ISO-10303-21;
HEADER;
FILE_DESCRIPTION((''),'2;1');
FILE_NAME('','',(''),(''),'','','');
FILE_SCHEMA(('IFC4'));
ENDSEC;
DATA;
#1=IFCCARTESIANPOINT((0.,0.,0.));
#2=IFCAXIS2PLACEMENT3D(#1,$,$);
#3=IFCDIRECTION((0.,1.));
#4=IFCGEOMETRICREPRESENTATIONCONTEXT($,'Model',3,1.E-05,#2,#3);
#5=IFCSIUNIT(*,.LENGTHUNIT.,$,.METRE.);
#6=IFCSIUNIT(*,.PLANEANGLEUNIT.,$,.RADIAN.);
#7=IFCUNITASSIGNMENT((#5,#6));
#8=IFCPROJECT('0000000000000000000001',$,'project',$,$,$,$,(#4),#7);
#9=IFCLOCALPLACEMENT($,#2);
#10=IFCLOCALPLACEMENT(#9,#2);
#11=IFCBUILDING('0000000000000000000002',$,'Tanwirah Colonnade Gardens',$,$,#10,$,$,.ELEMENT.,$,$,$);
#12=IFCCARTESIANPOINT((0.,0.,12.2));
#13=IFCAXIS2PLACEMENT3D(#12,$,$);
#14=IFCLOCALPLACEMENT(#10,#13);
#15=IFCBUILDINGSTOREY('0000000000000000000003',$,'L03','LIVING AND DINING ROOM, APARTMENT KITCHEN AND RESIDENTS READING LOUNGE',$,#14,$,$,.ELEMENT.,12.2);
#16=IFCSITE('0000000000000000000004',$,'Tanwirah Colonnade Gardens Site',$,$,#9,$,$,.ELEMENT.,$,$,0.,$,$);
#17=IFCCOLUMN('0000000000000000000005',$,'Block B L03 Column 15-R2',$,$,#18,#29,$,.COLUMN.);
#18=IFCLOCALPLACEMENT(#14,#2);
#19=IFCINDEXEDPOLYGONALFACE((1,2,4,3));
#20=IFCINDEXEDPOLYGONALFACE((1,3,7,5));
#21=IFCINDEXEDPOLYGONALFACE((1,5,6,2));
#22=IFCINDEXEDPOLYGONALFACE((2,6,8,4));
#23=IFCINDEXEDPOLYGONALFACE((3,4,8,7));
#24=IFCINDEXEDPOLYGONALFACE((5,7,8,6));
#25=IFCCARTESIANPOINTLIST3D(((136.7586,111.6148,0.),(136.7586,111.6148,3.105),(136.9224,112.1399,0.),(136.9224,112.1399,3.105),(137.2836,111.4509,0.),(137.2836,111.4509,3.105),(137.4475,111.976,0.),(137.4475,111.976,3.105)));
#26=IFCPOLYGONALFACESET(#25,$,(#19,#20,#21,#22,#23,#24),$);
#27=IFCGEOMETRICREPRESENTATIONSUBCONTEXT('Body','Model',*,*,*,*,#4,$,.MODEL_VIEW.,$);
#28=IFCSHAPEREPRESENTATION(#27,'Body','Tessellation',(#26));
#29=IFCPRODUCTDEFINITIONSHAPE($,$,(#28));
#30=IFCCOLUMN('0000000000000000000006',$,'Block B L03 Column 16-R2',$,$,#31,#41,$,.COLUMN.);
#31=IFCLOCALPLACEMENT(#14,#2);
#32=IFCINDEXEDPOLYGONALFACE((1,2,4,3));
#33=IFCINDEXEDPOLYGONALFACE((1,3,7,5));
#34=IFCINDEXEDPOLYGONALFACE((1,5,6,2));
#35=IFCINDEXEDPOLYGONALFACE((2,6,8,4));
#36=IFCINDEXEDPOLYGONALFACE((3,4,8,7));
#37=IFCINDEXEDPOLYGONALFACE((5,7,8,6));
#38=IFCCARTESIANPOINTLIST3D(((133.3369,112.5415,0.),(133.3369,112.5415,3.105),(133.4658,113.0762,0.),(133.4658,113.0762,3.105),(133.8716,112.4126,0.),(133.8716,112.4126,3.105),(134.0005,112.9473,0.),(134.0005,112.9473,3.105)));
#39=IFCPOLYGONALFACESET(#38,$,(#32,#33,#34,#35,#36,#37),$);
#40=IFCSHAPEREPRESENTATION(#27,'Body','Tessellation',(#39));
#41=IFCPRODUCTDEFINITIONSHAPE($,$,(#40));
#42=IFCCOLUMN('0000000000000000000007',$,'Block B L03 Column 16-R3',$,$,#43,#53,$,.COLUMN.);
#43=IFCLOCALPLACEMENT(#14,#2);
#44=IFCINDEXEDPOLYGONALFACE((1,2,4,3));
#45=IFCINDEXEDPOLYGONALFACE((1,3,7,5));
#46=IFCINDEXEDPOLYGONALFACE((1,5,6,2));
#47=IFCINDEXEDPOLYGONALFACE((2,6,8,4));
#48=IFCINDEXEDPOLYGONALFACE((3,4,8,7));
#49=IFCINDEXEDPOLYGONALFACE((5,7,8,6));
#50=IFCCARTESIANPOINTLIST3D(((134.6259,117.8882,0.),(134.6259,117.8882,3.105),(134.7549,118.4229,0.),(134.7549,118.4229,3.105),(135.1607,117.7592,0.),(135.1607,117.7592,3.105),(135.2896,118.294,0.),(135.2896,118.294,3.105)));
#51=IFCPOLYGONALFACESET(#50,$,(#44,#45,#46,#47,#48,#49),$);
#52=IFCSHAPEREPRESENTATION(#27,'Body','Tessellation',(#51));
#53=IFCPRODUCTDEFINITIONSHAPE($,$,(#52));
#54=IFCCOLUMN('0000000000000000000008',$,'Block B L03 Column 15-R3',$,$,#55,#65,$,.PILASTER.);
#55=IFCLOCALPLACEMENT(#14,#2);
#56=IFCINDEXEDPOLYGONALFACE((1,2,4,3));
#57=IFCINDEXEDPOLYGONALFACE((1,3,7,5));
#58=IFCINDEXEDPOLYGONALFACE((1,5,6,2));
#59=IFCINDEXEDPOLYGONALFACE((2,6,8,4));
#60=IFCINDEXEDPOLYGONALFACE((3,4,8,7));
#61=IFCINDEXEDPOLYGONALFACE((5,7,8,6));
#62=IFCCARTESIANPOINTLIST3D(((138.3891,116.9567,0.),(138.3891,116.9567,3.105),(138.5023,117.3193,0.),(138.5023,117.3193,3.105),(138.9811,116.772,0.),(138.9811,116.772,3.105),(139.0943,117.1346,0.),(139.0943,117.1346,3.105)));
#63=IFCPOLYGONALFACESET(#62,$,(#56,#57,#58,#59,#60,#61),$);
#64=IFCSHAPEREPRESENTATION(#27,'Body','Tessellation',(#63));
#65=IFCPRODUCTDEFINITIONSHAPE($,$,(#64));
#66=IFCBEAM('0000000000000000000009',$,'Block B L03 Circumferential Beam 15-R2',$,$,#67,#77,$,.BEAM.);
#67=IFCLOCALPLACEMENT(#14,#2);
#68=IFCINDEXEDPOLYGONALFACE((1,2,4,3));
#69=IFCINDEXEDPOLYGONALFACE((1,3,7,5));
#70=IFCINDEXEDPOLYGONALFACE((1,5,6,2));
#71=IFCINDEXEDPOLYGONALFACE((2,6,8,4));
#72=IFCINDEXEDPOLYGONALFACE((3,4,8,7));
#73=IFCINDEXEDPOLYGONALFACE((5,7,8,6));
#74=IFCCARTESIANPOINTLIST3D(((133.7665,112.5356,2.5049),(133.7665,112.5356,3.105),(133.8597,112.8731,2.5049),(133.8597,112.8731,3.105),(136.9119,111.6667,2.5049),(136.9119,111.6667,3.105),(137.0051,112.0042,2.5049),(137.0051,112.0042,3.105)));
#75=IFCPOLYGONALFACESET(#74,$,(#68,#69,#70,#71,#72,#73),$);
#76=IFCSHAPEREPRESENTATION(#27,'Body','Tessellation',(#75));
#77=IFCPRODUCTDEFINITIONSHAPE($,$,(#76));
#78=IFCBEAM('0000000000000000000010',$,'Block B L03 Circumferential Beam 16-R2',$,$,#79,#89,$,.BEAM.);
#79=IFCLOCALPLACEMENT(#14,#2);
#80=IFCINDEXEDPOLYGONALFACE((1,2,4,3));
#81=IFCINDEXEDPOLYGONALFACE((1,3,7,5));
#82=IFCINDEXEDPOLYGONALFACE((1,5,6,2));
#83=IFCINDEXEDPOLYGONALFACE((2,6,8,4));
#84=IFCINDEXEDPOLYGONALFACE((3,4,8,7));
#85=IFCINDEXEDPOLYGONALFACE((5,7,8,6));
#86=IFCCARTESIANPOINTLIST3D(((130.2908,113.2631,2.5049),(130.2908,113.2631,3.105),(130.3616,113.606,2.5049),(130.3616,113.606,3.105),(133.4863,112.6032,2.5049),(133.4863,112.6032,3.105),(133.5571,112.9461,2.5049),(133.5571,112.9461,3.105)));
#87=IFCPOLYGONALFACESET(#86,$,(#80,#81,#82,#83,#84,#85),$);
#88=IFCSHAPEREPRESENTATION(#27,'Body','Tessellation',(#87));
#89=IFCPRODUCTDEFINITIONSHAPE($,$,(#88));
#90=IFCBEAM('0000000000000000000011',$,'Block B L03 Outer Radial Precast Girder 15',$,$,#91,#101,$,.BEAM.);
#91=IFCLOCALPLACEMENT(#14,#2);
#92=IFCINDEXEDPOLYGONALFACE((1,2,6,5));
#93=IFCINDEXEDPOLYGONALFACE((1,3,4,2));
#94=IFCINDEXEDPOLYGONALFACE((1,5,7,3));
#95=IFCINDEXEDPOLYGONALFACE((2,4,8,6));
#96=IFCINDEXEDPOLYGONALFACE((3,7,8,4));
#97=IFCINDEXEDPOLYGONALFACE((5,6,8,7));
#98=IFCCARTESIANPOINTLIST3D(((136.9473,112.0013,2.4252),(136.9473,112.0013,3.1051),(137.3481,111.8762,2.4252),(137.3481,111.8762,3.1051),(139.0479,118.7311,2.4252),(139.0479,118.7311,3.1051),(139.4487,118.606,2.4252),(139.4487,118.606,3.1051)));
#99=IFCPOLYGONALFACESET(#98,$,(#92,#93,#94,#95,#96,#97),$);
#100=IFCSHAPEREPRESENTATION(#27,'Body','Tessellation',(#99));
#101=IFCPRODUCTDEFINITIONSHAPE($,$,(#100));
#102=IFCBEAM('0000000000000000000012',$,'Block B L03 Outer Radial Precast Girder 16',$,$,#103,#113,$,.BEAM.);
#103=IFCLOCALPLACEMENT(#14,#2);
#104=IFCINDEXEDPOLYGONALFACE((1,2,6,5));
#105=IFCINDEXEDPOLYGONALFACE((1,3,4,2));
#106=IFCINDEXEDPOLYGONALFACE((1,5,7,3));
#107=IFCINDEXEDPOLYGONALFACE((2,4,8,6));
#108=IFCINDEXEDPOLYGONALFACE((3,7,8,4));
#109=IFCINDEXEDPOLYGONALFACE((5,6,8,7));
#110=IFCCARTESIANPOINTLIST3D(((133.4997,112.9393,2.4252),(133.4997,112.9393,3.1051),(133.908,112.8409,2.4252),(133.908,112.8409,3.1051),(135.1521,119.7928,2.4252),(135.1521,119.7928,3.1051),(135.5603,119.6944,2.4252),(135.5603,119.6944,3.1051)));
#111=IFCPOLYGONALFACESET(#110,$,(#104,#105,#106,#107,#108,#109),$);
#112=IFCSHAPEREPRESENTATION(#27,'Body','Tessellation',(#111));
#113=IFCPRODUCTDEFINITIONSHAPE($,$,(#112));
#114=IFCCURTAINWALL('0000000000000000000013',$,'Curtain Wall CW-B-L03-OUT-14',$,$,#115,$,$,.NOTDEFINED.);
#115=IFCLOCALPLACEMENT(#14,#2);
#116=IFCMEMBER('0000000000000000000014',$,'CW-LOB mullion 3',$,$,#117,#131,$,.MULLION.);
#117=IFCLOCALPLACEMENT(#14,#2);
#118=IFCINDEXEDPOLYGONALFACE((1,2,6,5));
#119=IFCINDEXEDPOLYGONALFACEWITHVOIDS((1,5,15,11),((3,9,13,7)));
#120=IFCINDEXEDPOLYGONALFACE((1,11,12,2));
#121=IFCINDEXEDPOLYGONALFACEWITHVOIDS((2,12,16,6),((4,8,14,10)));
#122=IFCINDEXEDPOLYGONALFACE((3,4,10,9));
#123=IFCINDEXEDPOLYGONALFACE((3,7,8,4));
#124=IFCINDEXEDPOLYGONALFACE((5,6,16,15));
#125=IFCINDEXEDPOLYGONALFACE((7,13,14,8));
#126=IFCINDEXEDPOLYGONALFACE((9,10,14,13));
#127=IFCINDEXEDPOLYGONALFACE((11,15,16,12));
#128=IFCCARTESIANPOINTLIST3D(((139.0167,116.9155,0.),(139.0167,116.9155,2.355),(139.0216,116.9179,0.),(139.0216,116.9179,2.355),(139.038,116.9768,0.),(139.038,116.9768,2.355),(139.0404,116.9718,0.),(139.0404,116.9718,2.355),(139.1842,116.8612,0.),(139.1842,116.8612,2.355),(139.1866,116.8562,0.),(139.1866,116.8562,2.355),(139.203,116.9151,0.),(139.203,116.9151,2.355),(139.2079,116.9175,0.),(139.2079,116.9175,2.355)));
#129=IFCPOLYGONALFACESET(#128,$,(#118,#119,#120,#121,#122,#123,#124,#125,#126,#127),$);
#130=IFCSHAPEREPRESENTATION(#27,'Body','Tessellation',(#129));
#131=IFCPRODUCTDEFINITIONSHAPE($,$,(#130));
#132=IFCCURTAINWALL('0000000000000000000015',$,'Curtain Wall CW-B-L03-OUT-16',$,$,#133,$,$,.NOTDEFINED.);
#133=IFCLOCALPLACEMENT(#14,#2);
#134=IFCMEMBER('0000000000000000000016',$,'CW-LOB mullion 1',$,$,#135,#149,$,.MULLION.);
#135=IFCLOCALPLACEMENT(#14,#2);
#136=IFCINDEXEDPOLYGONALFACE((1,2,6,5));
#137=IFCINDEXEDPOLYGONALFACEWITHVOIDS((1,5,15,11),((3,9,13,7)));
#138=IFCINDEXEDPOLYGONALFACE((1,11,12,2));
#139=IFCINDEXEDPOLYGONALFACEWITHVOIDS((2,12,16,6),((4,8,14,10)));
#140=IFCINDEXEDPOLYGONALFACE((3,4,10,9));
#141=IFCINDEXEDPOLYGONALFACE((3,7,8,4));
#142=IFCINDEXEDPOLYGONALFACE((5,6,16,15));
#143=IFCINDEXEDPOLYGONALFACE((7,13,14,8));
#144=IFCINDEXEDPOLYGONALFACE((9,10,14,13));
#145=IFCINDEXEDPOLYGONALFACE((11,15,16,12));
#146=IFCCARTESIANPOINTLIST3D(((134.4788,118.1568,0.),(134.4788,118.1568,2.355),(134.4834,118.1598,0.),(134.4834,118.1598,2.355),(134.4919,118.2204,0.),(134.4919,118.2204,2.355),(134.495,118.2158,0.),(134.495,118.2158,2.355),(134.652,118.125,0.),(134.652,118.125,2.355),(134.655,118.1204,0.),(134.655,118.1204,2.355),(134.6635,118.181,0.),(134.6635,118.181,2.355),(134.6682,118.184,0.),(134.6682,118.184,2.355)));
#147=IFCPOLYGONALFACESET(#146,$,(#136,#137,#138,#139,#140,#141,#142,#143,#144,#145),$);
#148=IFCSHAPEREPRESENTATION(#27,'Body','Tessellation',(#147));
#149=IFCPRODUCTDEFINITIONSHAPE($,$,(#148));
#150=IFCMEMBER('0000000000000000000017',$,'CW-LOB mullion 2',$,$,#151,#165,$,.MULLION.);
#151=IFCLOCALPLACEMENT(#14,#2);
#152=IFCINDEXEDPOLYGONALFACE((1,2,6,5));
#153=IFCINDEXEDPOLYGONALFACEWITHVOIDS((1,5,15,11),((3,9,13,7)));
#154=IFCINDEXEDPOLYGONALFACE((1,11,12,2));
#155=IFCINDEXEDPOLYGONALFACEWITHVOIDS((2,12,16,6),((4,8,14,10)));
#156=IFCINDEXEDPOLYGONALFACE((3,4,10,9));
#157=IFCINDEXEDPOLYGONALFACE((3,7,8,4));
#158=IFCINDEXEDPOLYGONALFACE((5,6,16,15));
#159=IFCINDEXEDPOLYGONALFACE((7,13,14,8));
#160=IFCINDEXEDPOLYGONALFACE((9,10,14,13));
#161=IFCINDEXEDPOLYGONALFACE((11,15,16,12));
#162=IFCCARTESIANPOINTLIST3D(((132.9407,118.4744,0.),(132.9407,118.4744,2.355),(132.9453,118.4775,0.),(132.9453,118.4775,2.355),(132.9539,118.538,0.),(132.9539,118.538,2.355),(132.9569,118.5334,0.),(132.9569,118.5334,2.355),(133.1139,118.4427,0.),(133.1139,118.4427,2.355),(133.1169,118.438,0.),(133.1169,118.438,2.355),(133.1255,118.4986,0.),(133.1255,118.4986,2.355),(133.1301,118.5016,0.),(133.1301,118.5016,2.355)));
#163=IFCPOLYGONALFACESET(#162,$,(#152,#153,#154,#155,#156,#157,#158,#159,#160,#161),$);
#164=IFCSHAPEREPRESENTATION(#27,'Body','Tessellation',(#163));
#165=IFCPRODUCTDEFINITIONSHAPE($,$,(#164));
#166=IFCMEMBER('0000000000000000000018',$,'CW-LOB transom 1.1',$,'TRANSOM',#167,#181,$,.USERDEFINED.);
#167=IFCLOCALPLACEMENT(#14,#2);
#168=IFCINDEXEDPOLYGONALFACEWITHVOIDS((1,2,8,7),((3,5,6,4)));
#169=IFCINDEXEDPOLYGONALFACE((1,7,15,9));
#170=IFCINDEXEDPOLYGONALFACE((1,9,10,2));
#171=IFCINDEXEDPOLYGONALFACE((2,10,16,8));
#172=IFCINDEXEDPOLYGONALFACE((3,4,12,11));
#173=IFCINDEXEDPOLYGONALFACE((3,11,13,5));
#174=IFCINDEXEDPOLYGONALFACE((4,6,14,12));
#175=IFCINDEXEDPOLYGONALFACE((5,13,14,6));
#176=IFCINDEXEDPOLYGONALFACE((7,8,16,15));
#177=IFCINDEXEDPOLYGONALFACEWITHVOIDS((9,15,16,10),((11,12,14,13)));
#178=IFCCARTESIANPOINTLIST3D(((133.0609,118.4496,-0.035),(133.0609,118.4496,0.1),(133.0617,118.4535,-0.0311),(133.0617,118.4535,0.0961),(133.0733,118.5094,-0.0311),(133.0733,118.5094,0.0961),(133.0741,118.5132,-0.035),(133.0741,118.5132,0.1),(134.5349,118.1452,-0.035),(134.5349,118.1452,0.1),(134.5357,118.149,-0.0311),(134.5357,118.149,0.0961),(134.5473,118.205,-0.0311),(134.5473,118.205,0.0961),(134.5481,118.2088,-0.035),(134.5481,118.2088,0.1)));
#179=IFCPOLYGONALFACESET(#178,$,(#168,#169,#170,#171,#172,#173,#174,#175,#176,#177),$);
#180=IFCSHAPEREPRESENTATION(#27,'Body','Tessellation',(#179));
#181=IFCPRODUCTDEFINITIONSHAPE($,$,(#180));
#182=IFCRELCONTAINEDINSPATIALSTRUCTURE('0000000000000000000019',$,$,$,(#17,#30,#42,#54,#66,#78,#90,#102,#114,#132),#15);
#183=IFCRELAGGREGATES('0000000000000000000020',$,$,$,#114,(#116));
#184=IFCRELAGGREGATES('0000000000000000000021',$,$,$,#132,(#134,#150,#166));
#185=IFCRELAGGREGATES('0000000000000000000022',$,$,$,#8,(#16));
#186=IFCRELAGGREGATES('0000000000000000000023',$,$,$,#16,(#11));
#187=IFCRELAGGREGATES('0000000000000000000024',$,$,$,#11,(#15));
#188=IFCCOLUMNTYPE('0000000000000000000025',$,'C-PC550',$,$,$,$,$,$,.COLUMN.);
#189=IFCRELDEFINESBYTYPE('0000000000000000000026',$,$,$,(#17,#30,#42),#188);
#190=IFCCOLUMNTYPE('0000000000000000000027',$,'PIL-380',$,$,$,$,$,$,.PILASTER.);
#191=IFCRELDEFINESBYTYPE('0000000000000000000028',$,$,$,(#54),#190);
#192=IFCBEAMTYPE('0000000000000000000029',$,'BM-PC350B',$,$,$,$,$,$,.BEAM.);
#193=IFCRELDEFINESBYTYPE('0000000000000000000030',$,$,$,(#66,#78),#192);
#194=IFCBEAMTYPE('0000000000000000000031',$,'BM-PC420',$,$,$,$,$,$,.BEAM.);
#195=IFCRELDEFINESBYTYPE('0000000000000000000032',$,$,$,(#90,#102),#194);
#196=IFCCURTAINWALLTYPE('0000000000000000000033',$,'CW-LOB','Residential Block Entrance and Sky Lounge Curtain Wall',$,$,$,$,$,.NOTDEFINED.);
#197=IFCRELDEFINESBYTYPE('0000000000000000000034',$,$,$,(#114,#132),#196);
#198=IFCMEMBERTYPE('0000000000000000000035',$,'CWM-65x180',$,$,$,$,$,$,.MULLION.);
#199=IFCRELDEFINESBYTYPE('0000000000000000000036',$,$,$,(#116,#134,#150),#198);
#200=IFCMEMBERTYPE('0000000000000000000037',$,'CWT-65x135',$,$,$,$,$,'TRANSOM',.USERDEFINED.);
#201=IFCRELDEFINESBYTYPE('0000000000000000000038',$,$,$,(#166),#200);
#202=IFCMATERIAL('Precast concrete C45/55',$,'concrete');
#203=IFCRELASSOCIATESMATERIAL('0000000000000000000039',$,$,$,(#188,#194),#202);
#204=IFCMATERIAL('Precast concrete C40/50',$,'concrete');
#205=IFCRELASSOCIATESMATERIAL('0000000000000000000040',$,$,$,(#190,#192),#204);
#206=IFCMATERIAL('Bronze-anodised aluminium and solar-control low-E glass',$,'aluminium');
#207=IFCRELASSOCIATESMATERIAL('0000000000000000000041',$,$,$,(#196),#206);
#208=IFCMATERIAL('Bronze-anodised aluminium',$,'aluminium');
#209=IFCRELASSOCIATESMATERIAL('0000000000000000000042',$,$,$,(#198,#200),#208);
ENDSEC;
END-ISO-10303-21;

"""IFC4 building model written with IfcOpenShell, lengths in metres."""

from ifc_helpers import new_model, si_unit, direction, frame, origin, origin_2d, place, context, subcontext, project, spatial, rectangle, hollow_rectangle, extrude, material, material_profile, profile_set, type_object, element, aggregate, save


model = new_model("IFC4")

# Units and contexts
model_context = context("Model", 3, precision=1e-05, world=origin(), true_north=direction((0.0, 1.0)))
body_context = subcontext(model_context, "Body", "Model", "MODEL_VIEW")
ifc_project = project(units=[si_unit("LENGTHUNIT", "METRE"), si_unit("PLANEANGLEUNIT", "RADIAN")], contexts=[model_context])

# Site, building, storey
site_placement = place(None, origin())
site = spatial("IfcSite", under=ifc_project, at=site_placement, Name="Tanwirah Colonnade Gardens Site", CompositionType="ELEMENT", RefElevation=0.0)
building_placement = place(site_placement, origin())
building = spatial("IfcBuilding", under=site, at=building_placement, Name="Tanwirah Colonnade Gardens", CompositionType="ELEMENT")
storey_placement = place(building_placement, frame((0.0, 0.0, 12.2)))
storey = spatial("IfcBuildingStorey", under=building, at=storey_placement, Name="L03", Description="LIVING AND DINING ROOM, APARTMENT KITCHEN AND RESIDENTS READING LOUNGE", CompositionType="ELEMENT", Elevation=12.2)

# Columns
ifc_material_1 = material(Name="Precast concrete C45/55", Category="concrete")
ifc_material_profile_1 = material_profile(ifc_material_1, rectangle(XDim=0.55, YDim=0.55, at=origin_2d()), Name="PC-COL 550x550")
ifc_profile_set_1 = profile_set([ifc_material_profile_1], Name="Precast concrete C45/55")
column_type_1 = type_object("IfcColumnType", Name="C-PC550", PredefinedType="COLUMN", material=ifc_profile_set_1)
for number, where, z_axis, x_axis, name in (
    (1, (137.103, 111.7954, 0.0), (0.0, 0.0, 1.0), (0.29793, 0.954588, 0.0), "Block B L03 Column 15-R2"),
    (2, (133.6687, 112.7444, 0.0), (0.0, 0.0, 1.0), (0.234388, 0.972143, 0.0), "Block B L03 Column 16-R2"),
    (3, (134.9578, 118.0911, 0.0), (0.0, 0.0, 1.0), (0.234388, 0.972143, 0.0), "Block B L03 Column 16-R3"),
):
    element("IfcColumn", number, at=place(storey_placement, frame(where, z_axis=z_axis, x_axis=x_axis)), inside=storey, type_object=column_type_1, Name=name, PredefinedType="COLUMN", context=body_context, shape_type="SweptSolid", body=[
        extrude(rectangle(XDim=0.55, YDim=0.55, at=origin_2d()), origin(), (0.0, 0.0, 1.0), 3.105),
    ])
ifc_material_2 = material(Name="Precast concrete C40/50", Category="concrete")
ifc_material_profile_2 = material_profile(ifc_material_2, rectangle(XDim=0.3799, YDim=0.6201, at=origin_2d()), Name="PC-PIL 380x620")
ifc_profile_set_2 = profile_set([ifc_material_profile_2], Name="Precast concrete C40/50")
column_type_2 = type_object("IfcColumnType", Name="PIL-380", PredefinedType="PILASTER", material=ifc_profile_set_2)
column_placement = place(storey_placement, frame((138.7417, 117.0457, 0.0), z_axis=(0.0, 0.0, 1.0), x_axis=(0.29793, 0.954588, 0.0)))
element("IfcColumn", 4, at=column_placement, inside=storey, type_object=column_type_2, Name="Block B L03 Column 15-R3", PredefinedType="PILASTER", context=body_context, shape_type="SweptSolid", body=[
    extrude(rectangle(XDim=0.3799, YDim=0.6201, at=origin_2d()), origin(), (0.0, 0.0, 1.0), 3.105),
])

# Beams
ifc_material_profile_3 = material_profile(ifc_material_2, rectangle(XDim=0.3501, YDim=0.6001, at=origin_2d()), Name="PC-BM 350x600")
ifc_profile_set_3 = profile_set([ifc_material_profile_3], Name="Precast concrete C40/50")
beam_type_1 = type_object("IfcBeamType", Name="BM-PC350B", PredefinedType="BEAM", material=ifc_profile_set_3)
beam_1_placement = place(storey_placement, frame((136.9585, 111.8354, 2.8049), z_axis=(-0.963895, 0.266281, 0.0), x_axis=(-0.266281, -0.963895, 0.0)))
element("IfcBeam", 5, at=beam_1_placement, inside=storey, type_object=beam_type_1, Name="Block B L03 Circumferential Beam 15-R2", PredefinedType="BEAM", context=body_context, shape_type="SweptSolid", body=[
    extrude(rectangle(XDim=0.3501, YDim=0.6001, at=origin_2d()), origin(), (0.0, 0.0, 1.0), 3.2632),
])
beam_2_placement = place(storey_placement, frame((133.5217, 112.7747, 2.8049), z_axis=(-0.979336, 0.202242, 0.0), x_axis=(-0.202242, -0.979336, 0.0)))
element("IfcBeam", 6, at=beam_2_placement, inside=storey, type_object=beam_type_1, Name="Block B L03 Circumferential Beam 16-R2", PredefinedType="BEAM", context=body_context, shape_type="SweptSolid", body=[
    extrude(rectangle(XDim=0.3501, YDim=0.6001, at=origin_2d()), origin(), (0.0, 0.0, 1.0), 3.2629),
])
ifc_material_profile_4 = material_profile(ifc_material_1, rectangle(XDim=0.4199, YDim=0.6799, at=origin_2d()), Name="PC-BM 420x680")
ifc_profile_set_4 = profile_set([ifc_material_profile_4], Name="Precast concrete C45/55")
beam_type_2 = type_object("IfcBeamType", Name="BM-PC420", PredefinedType="BEAM", material=ifc_profile_set_4)
beam_3_placement = place(storey_placement, frame((137.1477, 111.9387, 2.7651), z_axis=(0.297958, 0.954579, 0.0), x_axis=(-0.954579, 0.297958, 0.0)))
element("IfcBeam", 7, at=beam_3_placement, inside=storey, type_object=beam_type_2, Name="Block B L03 Outer Radial Precast Girder 15", PredefinedType="BEAM", context=body_context, shape_type="SweptSolid", body=[
    extrude(rectangle(XDim=0.4199, YDim=0.6799, at=origin_2d()), origin(), (0.0, 0.0, 1.0), 7.05),
])
beam_4_placement = place(storey_placement, frame((133.7039, 112.8901, 2.7651), z_axis=(0.234379, 0.972145, 0.0), x_axis=(-0.972145, 0.234379, 0.0)))
element("IfcBeam", 8, at=beam_4_placement, inside=storey, type_object=beam_type_2, Name="Block B L03 Outer Radial Precast Girder 16", PredefinedType="BEAM", context=body_context, shape_type="SweptSolid", body=[
    extrude(rectangle(XDim=0.4199, YDim=0.6799, at=origin_2d()), origin(), (0.0, 0.0, 1.0), 7.0498),
])

# Curtain wall, member
ifc_material_3 = material(Name="Bronze-anodised aluminium and solar-control low-E glass", Category="aluminium")
curtain_wall_type = type_object("IfcCurtainWallType", Name="CW-LOB", Description="Residential Block Entrance and Sky Lounge Curtain Wall", PredefinedType="NOTDEFINED", material=ifc_material_3)
curtain_wall_1_placement = place(storey_placement, origin())
curtain_wall_1 = element("IfcCurtainWall", 9, at=curtain_wall_1_placement, inside=storey, type_object=curtain_wall_type, Name="Curtain Wall CW-B-L03-OUT-14", PredefinedType="NOTDEFINED")
ifc_material_4 = material(Name="Bronze-anodised aluminium", Category="aluminium")
ifc_material_profile_5 = material_profile(ifc_material_4, hollow_rectangle(XDim=0.0649, YDim=0.1799, WallThickness=0.0039, at=origin_2d()), Name="CW-MUL 65x180x4")
ifc_profile_set_5 = profile_set([ifc_material_profile_5], Name="Bronze-anodised aluminium")
member_type_1 = type_object("IfcMemberType", Name="CWM-65x180", PredefinedType="MULLION", material=ifc_profile_set_5)
member_1_placement = place(storey_placement, frame((139.1123, 116.9165, 0.0), z_axis=(0.0, 0.0, 1.0), x_axis=(-0.329232, -0.944249, 0.0)))
member_1 = element("IfcMember", 10, at=member_1_placement, type_object=member_type_1, Name="CW-LOB mullion 3", PredefinedType="MULLION", context=body_context, shape_type="SweptSolid", body=[
    extrude(hollow_rectangle(XDim=0.0649, YDim=0.1799, WallThickness=0.0039, at=origin_2d()), origin(), (0.0, 0.0, 1.0), 2.355),
])
aggregate(curtain_wall_1, [member_1])

# Curtain wall, members
curtain_wall_2_placement = place(storey_placement, origin())
curtain_wall_2 = element("IfcCurtainWall", 11, at=curtain_wall_2_placement, inside=storey, type_object=curtain_wall_type, Name="Curtain Wall CW-B-L03-OUT-16", PredefinedType="NOTDEFINED")
member_2_placement = place(storey_placement, frame((134.5735, 118.1704, 0.0), z_axis=(0.0, 0.0, 1.0), x_axis=(-0.202218, -0.979341, 0.0)))
member_2 = element("IfcMember", 12, at=member_2_placement, type_object=member_type_1, Name="CW-LOB mullion 1", PredefinedType="MULLION", context=body_context, shape_type="SweptSolid", body=[
    extrude(hollow_rectangle(XDim=0.0649, YDim=0.1799, WallThickness=0.0039, at=origin_2d()), origin(), (0.0, 0.0, 1.0), 2.355),
])
member_3_placement = place(storey_placement, frame((133.0354, 118.488, 0.0), z_axis=(0.0, 0.0, 1.0), x_axis=(-0.202218, -0.979341, 0.0)))
member_3 = element("IfcMember", 13, at=member_3_placement, type_object=member_type_1, Name="CW-LOB mullion 2", PredefinedType="MULLION", context=body_context, shape_type="SweptSolid", body=[
    extrude(hollow_rectangle(XDim=0.0649, YDim=0.1799, WallThickness=0.0039, at=origin_2d()), origin(), (0.0, 0.0, 1.0), 2.355),
])
ifc_material_profile_6 = material_profile(ifc_material_4, hollow_rectangle(XDim=0.0649, YDim=0.135, WallThickness=0.0039, at=origin_2d()), Name="CW-TRN 65x135x4")
ifc_profile_set_6 = profile_set([ifc_material_profile_6], Name="Bronze-anodised aluminium")
member_type_2 = type_object("IfcMemberType", Name="CWT-65x135", ElementType="TRANSOM", PredefinedType="USERDEFINED", material=ifc_profile_set_6)
member_4_placement = place(storey_placement, frame((134.5415, 118.177, 0.0325), z_axis=(-0.979332, 0.202257, 0.0), x_axis=(-0.202257, -0.979332, 0.0)))
member_4 = element("IfcMember", 14, at=member_4_placement, type_object=member_type_2, Name="CW-LOB transom 1.1", ObjectType="TRANSOM", PredefinedType="USERDEFINED", context=body_context, shape_type="SweptSolid", body=[
    extrude(hollow_rectangle(XDim=0.0649, YDim=0.135, WallThickness=0.0039, at=origin_2d()), origin(), (0.0, 0.0, 1.0), 1.5051),
])

aggregate(curtain_wall_2, [member_2, member_3, member_4])

save(model, "model.ifc")
